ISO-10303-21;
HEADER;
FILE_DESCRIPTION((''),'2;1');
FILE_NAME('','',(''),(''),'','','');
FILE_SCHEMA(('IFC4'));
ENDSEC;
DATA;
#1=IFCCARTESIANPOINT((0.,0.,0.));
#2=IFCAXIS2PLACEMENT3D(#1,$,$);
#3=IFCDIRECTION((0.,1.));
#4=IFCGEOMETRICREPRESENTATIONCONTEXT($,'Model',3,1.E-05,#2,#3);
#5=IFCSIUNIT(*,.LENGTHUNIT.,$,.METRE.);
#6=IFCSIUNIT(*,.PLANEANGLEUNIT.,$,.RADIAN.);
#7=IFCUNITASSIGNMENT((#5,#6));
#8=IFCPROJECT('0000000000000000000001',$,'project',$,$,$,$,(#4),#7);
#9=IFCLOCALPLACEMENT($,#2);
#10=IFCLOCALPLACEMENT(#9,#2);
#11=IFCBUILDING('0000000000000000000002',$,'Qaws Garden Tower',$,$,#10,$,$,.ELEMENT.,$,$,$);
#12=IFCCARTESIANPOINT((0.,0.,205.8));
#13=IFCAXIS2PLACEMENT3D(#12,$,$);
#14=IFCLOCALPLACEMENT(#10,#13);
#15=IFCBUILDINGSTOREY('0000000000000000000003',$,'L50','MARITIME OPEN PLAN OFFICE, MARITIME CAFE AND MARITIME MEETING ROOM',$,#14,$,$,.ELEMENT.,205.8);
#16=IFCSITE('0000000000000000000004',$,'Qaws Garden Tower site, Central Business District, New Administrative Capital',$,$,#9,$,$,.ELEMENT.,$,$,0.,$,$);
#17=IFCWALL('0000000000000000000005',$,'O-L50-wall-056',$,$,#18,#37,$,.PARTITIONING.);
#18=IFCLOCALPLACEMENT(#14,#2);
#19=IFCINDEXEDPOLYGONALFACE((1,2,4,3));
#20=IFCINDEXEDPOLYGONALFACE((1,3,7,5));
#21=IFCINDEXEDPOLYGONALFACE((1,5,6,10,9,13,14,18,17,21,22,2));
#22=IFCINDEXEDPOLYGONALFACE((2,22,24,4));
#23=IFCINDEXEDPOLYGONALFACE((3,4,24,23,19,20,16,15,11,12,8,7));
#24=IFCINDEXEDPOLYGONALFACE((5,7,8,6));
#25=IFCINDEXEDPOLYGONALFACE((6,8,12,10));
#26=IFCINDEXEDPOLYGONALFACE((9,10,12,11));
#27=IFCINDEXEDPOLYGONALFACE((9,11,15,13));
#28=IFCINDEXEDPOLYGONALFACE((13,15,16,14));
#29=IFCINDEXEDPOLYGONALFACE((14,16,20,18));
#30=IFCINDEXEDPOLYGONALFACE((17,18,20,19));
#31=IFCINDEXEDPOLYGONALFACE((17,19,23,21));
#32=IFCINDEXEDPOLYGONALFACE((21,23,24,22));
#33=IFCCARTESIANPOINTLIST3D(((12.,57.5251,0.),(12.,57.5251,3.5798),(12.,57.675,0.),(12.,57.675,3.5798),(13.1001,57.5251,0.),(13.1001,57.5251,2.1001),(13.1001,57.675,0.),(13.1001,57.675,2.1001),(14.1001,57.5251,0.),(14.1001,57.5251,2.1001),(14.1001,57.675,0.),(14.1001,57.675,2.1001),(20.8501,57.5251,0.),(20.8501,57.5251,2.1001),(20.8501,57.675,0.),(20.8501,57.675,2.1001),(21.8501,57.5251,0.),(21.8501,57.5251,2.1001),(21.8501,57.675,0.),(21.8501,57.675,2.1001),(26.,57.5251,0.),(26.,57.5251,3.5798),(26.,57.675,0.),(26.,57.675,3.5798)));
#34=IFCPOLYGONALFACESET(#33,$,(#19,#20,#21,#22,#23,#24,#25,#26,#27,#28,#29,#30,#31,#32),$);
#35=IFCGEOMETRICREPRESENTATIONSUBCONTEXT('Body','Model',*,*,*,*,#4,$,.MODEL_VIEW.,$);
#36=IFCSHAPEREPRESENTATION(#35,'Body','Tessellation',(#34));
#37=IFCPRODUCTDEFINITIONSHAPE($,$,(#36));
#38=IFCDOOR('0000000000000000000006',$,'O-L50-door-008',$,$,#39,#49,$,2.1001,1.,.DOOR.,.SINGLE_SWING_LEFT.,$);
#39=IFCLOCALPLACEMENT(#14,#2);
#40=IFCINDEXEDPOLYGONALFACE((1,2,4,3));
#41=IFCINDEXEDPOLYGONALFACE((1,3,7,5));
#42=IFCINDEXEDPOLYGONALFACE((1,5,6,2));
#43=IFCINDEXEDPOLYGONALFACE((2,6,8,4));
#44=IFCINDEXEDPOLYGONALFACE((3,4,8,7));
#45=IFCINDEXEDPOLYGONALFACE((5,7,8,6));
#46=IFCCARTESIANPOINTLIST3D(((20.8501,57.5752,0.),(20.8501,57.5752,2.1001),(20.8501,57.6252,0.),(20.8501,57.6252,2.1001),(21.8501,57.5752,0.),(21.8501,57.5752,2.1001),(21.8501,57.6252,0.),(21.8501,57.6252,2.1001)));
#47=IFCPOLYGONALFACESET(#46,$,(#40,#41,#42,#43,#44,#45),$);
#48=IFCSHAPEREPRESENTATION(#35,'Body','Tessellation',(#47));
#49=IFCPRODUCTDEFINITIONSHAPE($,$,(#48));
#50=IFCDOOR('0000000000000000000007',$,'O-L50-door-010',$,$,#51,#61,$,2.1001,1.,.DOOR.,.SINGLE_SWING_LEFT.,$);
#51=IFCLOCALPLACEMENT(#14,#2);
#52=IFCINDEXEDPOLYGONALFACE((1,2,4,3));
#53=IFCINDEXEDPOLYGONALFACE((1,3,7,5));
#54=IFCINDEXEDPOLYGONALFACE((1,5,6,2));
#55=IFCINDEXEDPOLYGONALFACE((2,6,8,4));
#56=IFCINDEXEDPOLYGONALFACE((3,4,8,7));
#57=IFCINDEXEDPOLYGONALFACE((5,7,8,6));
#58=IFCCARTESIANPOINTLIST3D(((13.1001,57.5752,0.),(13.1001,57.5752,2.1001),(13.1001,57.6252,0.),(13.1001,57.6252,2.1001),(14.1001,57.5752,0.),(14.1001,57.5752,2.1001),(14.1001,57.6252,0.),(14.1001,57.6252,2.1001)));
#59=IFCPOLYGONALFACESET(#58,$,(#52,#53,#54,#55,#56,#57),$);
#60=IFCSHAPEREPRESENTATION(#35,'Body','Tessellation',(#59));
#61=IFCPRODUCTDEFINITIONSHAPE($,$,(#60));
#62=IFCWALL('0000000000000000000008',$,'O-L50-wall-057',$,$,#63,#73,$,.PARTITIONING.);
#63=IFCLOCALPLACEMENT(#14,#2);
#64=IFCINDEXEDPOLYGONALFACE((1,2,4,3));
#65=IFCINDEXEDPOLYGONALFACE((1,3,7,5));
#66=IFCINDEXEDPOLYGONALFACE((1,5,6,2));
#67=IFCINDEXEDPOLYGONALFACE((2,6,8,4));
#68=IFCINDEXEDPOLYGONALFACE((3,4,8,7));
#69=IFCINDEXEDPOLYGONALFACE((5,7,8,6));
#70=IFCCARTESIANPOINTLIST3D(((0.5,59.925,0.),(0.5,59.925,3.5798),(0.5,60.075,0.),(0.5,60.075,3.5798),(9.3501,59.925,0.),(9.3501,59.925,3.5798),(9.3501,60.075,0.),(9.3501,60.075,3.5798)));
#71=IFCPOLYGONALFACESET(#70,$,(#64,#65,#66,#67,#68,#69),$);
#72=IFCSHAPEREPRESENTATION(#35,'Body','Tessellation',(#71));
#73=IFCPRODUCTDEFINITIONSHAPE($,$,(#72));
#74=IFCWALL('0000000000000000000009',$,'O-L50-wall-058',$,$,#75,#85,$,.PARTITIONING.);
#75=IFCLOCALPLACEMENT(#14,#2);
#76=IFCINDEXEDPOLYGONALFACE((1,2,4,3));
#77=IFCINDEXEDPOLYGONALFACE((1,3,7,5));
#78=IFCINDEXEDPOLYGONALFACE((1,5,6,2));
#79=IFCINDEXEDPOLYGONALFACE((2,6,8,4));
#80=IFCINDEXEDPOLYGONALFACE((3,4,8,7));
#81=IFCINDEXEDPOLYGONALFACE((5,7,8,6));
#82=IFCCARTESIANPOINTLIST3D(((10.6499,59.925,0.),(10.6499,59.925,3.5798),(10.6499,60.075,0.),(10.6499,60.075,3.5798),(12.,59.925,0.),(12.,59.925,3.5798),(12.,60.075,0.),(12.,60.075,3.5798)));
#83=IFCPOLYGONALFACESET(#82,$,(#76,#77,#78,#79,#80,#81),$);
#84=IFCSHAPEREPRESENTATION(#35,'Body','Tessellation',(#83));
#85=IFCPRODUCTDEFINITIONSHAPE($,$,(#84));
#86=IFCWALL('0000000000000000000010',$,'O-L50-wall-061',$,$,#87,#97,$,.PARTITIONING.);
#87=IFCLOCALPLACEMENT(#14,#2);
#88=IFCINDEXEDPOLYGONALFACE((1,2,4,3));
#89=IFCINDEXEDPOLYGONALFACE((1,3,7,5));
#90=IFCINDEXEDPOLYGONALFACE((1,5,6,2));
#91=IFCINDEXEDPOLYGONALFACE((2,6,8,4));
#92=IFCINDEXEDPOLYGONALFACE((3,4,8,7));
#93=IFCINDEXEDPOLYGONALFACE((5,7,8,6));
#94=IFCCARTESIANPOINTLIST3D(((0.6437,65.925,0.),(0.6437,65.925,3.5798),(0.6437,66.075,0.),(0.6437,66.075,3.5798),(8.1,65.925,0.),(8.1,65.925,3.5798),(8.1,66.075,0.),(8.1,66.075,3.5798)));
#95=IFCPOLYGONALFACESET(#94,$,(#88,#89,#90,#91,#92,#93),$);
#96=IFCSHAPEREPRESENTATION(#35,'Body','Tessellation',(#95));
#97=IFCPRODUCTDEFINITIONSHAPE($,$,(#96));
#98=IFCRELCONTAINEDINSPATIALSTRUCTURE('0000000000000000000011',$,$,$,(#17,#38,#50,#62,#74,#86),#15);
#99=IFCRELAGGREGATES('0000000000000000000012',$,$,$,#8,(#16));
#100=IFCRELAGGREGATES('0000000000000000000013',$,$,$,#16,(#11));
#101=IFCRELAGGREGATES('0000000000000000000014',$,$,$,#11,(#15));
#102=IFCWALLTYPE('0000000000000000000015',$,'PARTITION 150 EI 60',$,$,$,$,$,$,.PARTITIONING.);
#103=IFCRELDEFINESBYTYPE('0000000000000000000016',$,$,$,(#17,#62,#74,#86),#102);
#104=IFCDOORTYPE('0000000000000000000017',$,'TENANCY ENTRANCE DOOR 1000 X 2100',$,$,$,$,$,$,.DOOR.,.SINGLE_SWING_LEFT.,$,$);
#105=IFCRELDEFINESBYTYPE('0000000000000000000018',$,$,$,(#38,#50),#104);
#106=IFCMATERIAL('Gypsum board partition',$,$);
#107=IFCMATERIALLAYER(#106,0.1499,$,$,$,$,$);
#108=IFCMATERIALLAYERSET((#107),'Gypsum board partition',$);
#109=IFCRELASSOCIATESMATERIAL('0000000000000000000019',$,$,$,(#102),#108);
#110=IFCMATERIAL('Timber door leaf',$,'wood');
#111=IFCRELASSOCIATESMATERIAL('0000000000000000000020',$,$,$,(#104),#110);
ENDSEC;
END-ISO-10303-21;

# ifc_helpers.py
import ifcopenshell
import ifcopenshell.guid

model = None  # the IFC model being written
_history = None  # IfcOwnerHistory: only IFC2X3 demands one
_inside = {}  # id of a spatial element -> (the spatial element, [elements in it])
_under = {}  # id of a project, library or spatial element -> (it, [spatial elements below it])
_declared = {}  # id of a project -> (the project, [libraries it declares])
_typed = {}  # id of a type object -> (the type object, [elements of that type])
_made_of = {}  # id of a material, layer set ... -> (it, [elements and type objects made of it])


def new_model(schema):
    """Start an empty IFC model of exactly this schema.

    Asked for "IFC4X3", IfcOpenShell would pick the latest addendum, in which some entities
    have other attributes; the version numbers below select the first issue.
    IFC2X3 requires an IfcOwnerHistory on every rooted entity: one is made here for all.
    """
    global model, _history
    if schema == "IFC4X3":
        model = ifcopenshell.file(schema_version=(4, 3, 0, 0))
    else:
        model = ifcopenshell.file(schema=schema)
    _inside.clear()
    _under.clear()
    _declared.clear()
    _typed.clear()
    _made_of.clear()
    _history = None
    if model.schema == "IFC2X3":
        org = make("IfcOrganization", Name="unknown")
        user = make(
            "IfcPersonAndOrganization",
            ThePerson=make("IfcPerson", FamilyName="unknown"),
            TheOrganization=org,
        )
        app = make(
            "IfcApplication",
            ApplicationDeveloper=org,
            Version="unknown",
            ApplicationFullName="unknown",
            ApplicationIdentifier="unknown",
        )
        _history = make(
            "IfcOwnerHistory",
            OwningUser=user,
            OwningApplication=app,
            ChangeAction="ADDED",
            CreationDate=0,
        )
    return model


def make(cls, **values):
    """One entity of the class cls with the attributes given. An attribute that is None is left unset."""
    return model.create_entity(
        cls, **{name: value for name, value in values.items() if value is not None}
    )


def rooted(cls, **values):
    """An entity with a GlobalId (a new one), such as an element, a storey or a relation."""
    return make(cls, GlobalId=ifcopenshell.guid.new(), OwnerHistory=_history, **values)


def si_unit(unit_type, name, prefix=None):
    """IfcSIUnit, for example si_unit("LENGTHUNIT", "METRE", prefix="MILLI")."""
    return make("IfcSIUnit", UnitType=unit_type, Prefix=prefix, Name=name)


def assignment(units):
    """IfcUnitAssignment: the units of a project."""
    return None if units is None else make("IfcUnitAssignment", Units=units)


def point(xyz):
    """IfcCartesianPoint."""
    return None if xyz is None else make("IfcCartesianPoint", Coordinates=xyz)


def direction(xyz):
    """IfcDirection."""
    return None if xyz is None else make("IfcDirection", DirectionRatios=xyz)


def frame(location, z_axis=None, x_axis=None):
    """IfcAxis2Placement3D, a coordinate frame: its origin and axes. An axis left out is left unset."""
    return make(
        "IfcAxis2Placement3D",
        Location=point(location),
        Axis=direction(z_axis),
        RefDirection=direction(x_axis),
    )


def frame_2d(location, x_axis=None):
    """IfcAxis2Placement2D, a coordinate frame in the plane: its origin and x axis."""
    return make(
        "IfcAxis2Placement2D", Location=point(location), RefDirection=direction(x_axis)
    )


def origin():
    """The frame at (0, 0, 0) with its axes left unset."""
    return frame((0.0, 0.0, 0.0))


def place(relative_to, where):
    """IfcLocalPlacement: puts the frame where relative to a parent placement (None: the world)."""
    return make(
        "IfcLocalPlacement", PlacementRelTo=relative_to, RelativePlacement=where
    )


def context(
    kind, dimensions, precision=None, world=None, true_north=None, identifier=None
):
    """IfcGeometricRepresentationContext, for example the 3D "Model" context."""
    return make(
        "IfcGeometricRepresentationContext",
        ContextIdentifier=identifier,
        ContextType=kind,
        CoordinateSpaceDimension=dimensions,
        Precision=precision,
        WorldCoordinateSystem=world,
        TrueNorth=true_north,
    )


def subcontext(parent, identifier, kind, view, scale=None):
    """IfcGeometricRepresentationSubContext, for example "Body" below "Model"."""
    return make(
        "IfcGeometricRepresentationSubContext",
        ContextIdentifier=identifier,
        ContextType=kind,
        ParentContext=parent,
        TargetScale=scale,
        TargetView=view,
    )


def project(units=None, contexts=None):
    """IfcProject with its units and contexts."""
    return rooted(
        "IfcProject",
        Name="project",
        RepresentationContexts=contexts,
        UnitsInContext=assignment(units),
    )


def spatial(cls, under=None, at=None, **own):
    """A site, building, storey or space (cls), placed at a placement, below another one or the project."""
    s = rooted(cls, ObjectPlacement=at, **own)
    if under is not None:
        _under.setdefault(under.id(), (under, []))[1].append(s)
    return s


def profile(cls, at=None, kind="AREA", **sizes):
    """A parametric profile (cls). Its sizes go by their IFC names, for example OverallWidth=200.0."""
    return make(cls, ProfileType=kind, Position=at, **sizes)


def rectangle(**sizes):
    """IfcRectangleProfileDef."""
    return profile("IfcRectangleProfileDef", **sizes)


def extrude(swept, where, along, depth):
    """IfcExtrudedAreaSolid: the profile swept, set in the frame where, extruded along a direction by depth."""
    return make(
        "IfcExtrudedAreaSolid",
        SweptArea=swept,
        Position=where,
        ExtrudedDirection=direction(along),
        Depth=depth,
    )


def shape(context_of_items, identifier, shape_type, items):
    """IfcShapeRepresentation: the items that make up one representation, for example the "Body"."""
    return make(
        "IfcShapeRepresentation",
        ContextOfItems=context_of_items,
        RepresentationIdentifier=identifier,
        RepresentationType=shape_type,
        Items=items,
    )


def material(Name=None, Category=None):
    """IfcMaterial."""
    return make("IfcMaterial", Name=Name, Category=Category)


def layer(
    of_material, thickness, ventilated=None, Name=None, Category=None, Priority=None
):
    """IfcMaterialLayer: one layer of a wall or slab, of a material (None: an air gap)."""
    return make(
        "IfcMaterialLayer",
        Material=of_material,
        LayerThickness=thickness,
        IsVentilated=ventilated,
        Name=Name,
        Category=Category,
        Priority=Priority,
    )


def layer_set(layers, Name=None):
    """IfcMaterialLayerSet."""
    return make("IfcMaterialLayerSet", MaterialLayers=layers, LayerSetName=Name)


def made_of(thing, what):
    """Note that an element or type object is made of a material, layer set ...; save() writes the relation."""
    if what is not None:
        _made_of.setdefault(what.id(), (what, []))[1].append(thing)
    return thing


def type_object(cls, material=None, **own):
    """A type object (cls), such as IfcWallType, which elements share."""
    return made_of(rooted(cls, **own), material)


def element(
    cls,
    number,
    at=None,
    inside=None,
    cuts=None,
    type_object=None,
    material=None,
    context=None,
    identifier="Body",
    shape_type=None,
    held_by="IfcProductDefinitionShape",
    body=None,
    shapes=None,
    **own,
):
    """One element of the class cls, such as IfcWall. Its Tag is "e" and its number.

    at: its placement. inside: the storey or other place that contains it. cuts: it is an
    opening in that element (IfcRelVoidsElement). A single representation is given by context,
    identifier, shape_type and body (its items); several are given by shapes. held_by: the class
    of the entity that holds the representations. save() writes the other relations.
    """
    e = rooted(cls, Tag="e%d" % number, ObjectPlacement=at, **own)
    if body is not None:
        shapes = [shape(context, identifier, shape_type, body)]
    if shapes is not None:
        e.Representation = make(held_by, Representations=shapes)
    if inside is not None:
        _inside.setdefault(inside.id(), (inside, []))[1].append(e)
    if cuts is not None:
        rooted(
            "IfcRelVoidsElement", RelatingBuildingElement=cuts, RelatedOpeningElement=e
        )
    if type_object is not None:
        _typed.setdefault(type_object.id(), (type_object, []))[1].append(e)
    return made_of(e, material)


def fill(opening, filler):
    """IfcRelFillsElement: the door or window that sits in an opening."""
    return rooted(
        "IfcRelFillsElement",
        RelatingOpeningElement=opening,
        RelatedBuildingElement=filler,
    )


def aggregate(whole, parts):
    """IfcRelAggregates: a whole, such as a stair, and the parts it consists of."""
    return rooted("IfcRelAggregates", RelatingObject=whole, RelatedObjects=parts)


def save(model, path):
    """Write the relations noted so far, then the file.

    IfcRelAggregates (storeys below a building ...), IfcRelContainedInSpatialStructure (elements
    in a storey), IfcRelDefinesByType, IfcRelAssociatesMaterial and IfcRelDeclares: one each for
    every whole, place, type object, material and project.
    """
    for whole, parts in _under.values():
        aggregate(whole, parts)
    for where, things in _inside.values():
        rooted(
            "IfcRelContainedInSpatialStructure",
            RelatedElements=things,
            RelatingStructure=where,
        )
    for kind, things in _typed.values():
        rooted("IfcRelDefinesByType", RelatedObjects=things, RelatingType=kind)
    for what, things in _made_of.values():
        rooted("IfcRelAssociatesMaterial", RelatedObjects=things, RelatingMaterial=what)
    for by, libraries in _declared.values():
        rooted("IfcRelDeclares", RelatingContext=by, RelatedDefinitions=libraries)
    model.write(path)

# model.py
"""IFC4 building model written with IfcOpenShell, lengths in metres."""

from ifc_helpers import new_model, si_unit, direction, frame, frame_2d, origin, place, context, subcontext, project, spatial, rectangle, extrude, material, layer, layer_set, type_object, element, fill, save


model = new_model("IFC4")

# Units and contexts
model_context = context("Model", 3, precision=1e-05, world=origin(), true_north=direction((0.0, 1.0)))
body_context = subcontext(model_context, "Body", "Model", "MODEL_VIEW")
ifc_project = project(units=[si_unit("LENGTHUNIT", "METRE"), si_unit("PLANEANGLEUNIT", "RADIAN")], contexts=[model_context])

# Site, building, storey
site_placement = place(None, origin())
site = spatial("IfcSite", under=ifc_project, at=site_placement, Name="Qaws Garden Tower site, Central Business District, New Administrative Capital", CompositionType="ELEMENT", RefElevation=0.0)
building_placement = place(site_placement, origin())
building = spatial("IfcBuilding", under=site, at=building_placement, Name="Qaws Garden Tower", CompositionType="ELEMENT")
storey_placement = place(building_placement, frame((0.0, 0.0, 205.8)))
storey = spatial("IfcBuildingStorey", under=building, at=storey_placement, Name="L50", Description="MARITIME OPEN PLAN OFFICE, MARITIME CAFE AND MARITIME MEETING ROOM", CompositionType="ELEMENT", Elevation=205.8)

# Shared definitions
ifc_material_1 = material(Name="Gypsum board partition")
ifc_layer_1 = layer(ifc_material_1, 0.1499)
ifc_layer_set_1 = layer_set([ifc_layer_1], Name="Gypsum board partition")
wall_type_1 = type_object("IfcWallType", Name="PARTITION 150 EI 60", PredefinedType="PARTITIONING", material=ifc_layer_set_1)
ifc_material_2 = material(Name="Timber door leaf", Category="wood")
door_type_1 = type_object("IfcDoorType", Name="TENANCY ENTRANCE DOOR 1000 X 2100", OperationType="SINGLE_SWING_LEFT", PredefinedType="DOOR", material=ifc_material_2)

# Wall, openings, doors
wall_1_placement = place(storey_placement, frame((12.0, 57.6001, 0.0), z_axis=(0.0, 0.0, 1.0), x_axis=(1.0, 0.0, 0.0)))
wall_1 = element("IfcWall", 1, at=wall_1_placement, inside=storey, type_object=wall_type_1, Name="O-L50-wall-056", PredefinedType="PARTITIONING", context=body_context, shape_type="SweptSolid", body=[
    extrude(rectangle(XDim=14.0, YDim=0.1499, at=frame_2d((7.0, 0.0))), origin(), (0.0, 0.0, 1.0), 3.5798),
])
opening_1_placement = place(wall_1_placement, frame((8.8501, 0.0, 0.0)))
opening_1 = element("IfcOpeningElement", 2, at=opening_1_placement, cuts=wall_1, PredefinedType="OPENING", context=body_context, shape_type="SweptSolid", body=[
    extrude(rectangle(XDim=1.0, YDim=2.1001, at=frame_2d((0.5, 1.05))), frame((0.0, 0.085, 0.0), z_axis=(0.0, -1.0, 0.0), x_axis=(1.0, 0.0, 0.0)), (0.0, 0.0, 1.0), 0.1699),
])
opening_2_placement = place(wall_1_placement, frame((1.1001, 0.0, 0.0)))
opening_2 = element("IfcOpeningElement", 3, at=opening_2_placement, cuts=wall_1, PredefinedType="OPENING", context=body_context, shape_type="SweptSolid", body=[
    extrude(rectangle(XDim=1.0, YDim=2.1001, at=frame_2d((0.5, 1.05))), frame((0.0, 0.085, 0.0), z_axis=(0.0, -1.0, 0.0), x_axis=(1.0, 0.0, 0.0)), (0.0, 0.0, 1.0), 0.1699),
])
door_1_placement = place(opening_1_placement, frame((1.0, 0.0, 0.0), z_axis=(0.0, 0.0, 1.0), x_axis=(-1.0, 0.0, 0.0)))
door_1 = element("IfcDoor", 4, at=door_1_placement, inside=storey, type_object=door_type_1, Name="O-L50-door-008", OperationType="SINGLE_SWING_LEFT", OverallHeight=2.1001, OverallWidth=1.0, PredefinedType="DOOR", context=body_context, shape_type="SweptSolid", body=[
    extrude(rectangle(XDim=1.0, YDim=2.1001, at=frame_2d((0.5, 1.05))), frame((0.0, 0.0249, 0.0), z_axis=(0.0, -1.0, 0.0), x_axis=(1.0, 0.0, 0.0)), (0.0, 0.0, 1.0), 0.05),
])
fill(opening_1, door_1)
door_2_placement = place(opening_2_placement, frame((1.0, 0.0, 0.0), z_axis=(0.0, 0.0, 1.0), x_axis=(-1.0, 0.0, 0.0)))
door_2 = element("IfcDoor", 5, at=door_2_placement, inside=storey, type_object=door_type_1, Name="O-L50-door-010", OperationType="SINGLE_SWING_LEFT", OverallHeight=2.1001, OverallWidth=1.0, PredefinedType="DOOR", context=body_context, shape_type="SweptSolid", body=[
    extrude(rectangle(XDim=1.0, YDim=2.1001, at=frame_2d((0.5, 1.05))), frame((0.0, 0.0249, 0.0), z_axis=(0.0, -1.0, 0.0), x_axis=(1.0, 0.0, 0.0)), (0.0, 0.0, 1.0), 0.05),
])
fill(opening_2, door_2)

# Walls
wall_2_placement = place(storey_placement, frame((0.5, 60.0, 0.0), z_axis=(0.0, 0.0, 1.0), x_axis=(1.0, 0.0, 0.0)))
element("IfcWall", 6, at=wall_2_placement, inside=storey, type_object=wall_type_1, Name="O-L50-wall-057", PredefinedType="PARTITIONING", context=body_context, shape_type="SweptSolid", body=[
    extrude(rectangle(XDim=8.8501, YDim=0.1499, at=frame_2d((4.425, 0.0))), origin(), (0.0, 0.0, 1.0), 3.5798),
])
wall_3_placement = place(storey_placement, frame((10.6499, 60.0, 0.0), z_axis=(0.0, 0.0, 1.0), x_axis=(1.0, 0.0, 0.0)))
element("IfcWall", 7, at=wall_3_placement, inside=storey, type_object=wall_type_1, Name="O-L50-wall-058", PredefinedType="PARTITIONING", context=body_context, shape_type="SweptSolid", body=[
    extrude(rectangle(XDim=1.3501, YDim=0.1499, at=frame_2d((0.675, 0.0))), origin(), (0.0, 0.0, 1.0), 3.5798),
])
wall_4_placement = place(storey_placement, frame((0.6438, 66.0, 0.0), z_axis=(0.0, 0.0, 1.0), x_axis=(1.0, 0.0, 0.0)))
element("IfcWall", 8, at=wall_4_placement, inside=storey, type_object=wall_type_1, Name="O-L50-wall-061", PredefinedType="PARTITIONING", context=body_context, shape_type="SweptSolid", body=[
    extrude(rectangle(XDim=7.4563, YDim=0.1499, at=frame_2d((3.728, 0.0))), origin(), (0.0, 0.0, 1.0), 3.5798),
])

save(model, "model.ifc")
